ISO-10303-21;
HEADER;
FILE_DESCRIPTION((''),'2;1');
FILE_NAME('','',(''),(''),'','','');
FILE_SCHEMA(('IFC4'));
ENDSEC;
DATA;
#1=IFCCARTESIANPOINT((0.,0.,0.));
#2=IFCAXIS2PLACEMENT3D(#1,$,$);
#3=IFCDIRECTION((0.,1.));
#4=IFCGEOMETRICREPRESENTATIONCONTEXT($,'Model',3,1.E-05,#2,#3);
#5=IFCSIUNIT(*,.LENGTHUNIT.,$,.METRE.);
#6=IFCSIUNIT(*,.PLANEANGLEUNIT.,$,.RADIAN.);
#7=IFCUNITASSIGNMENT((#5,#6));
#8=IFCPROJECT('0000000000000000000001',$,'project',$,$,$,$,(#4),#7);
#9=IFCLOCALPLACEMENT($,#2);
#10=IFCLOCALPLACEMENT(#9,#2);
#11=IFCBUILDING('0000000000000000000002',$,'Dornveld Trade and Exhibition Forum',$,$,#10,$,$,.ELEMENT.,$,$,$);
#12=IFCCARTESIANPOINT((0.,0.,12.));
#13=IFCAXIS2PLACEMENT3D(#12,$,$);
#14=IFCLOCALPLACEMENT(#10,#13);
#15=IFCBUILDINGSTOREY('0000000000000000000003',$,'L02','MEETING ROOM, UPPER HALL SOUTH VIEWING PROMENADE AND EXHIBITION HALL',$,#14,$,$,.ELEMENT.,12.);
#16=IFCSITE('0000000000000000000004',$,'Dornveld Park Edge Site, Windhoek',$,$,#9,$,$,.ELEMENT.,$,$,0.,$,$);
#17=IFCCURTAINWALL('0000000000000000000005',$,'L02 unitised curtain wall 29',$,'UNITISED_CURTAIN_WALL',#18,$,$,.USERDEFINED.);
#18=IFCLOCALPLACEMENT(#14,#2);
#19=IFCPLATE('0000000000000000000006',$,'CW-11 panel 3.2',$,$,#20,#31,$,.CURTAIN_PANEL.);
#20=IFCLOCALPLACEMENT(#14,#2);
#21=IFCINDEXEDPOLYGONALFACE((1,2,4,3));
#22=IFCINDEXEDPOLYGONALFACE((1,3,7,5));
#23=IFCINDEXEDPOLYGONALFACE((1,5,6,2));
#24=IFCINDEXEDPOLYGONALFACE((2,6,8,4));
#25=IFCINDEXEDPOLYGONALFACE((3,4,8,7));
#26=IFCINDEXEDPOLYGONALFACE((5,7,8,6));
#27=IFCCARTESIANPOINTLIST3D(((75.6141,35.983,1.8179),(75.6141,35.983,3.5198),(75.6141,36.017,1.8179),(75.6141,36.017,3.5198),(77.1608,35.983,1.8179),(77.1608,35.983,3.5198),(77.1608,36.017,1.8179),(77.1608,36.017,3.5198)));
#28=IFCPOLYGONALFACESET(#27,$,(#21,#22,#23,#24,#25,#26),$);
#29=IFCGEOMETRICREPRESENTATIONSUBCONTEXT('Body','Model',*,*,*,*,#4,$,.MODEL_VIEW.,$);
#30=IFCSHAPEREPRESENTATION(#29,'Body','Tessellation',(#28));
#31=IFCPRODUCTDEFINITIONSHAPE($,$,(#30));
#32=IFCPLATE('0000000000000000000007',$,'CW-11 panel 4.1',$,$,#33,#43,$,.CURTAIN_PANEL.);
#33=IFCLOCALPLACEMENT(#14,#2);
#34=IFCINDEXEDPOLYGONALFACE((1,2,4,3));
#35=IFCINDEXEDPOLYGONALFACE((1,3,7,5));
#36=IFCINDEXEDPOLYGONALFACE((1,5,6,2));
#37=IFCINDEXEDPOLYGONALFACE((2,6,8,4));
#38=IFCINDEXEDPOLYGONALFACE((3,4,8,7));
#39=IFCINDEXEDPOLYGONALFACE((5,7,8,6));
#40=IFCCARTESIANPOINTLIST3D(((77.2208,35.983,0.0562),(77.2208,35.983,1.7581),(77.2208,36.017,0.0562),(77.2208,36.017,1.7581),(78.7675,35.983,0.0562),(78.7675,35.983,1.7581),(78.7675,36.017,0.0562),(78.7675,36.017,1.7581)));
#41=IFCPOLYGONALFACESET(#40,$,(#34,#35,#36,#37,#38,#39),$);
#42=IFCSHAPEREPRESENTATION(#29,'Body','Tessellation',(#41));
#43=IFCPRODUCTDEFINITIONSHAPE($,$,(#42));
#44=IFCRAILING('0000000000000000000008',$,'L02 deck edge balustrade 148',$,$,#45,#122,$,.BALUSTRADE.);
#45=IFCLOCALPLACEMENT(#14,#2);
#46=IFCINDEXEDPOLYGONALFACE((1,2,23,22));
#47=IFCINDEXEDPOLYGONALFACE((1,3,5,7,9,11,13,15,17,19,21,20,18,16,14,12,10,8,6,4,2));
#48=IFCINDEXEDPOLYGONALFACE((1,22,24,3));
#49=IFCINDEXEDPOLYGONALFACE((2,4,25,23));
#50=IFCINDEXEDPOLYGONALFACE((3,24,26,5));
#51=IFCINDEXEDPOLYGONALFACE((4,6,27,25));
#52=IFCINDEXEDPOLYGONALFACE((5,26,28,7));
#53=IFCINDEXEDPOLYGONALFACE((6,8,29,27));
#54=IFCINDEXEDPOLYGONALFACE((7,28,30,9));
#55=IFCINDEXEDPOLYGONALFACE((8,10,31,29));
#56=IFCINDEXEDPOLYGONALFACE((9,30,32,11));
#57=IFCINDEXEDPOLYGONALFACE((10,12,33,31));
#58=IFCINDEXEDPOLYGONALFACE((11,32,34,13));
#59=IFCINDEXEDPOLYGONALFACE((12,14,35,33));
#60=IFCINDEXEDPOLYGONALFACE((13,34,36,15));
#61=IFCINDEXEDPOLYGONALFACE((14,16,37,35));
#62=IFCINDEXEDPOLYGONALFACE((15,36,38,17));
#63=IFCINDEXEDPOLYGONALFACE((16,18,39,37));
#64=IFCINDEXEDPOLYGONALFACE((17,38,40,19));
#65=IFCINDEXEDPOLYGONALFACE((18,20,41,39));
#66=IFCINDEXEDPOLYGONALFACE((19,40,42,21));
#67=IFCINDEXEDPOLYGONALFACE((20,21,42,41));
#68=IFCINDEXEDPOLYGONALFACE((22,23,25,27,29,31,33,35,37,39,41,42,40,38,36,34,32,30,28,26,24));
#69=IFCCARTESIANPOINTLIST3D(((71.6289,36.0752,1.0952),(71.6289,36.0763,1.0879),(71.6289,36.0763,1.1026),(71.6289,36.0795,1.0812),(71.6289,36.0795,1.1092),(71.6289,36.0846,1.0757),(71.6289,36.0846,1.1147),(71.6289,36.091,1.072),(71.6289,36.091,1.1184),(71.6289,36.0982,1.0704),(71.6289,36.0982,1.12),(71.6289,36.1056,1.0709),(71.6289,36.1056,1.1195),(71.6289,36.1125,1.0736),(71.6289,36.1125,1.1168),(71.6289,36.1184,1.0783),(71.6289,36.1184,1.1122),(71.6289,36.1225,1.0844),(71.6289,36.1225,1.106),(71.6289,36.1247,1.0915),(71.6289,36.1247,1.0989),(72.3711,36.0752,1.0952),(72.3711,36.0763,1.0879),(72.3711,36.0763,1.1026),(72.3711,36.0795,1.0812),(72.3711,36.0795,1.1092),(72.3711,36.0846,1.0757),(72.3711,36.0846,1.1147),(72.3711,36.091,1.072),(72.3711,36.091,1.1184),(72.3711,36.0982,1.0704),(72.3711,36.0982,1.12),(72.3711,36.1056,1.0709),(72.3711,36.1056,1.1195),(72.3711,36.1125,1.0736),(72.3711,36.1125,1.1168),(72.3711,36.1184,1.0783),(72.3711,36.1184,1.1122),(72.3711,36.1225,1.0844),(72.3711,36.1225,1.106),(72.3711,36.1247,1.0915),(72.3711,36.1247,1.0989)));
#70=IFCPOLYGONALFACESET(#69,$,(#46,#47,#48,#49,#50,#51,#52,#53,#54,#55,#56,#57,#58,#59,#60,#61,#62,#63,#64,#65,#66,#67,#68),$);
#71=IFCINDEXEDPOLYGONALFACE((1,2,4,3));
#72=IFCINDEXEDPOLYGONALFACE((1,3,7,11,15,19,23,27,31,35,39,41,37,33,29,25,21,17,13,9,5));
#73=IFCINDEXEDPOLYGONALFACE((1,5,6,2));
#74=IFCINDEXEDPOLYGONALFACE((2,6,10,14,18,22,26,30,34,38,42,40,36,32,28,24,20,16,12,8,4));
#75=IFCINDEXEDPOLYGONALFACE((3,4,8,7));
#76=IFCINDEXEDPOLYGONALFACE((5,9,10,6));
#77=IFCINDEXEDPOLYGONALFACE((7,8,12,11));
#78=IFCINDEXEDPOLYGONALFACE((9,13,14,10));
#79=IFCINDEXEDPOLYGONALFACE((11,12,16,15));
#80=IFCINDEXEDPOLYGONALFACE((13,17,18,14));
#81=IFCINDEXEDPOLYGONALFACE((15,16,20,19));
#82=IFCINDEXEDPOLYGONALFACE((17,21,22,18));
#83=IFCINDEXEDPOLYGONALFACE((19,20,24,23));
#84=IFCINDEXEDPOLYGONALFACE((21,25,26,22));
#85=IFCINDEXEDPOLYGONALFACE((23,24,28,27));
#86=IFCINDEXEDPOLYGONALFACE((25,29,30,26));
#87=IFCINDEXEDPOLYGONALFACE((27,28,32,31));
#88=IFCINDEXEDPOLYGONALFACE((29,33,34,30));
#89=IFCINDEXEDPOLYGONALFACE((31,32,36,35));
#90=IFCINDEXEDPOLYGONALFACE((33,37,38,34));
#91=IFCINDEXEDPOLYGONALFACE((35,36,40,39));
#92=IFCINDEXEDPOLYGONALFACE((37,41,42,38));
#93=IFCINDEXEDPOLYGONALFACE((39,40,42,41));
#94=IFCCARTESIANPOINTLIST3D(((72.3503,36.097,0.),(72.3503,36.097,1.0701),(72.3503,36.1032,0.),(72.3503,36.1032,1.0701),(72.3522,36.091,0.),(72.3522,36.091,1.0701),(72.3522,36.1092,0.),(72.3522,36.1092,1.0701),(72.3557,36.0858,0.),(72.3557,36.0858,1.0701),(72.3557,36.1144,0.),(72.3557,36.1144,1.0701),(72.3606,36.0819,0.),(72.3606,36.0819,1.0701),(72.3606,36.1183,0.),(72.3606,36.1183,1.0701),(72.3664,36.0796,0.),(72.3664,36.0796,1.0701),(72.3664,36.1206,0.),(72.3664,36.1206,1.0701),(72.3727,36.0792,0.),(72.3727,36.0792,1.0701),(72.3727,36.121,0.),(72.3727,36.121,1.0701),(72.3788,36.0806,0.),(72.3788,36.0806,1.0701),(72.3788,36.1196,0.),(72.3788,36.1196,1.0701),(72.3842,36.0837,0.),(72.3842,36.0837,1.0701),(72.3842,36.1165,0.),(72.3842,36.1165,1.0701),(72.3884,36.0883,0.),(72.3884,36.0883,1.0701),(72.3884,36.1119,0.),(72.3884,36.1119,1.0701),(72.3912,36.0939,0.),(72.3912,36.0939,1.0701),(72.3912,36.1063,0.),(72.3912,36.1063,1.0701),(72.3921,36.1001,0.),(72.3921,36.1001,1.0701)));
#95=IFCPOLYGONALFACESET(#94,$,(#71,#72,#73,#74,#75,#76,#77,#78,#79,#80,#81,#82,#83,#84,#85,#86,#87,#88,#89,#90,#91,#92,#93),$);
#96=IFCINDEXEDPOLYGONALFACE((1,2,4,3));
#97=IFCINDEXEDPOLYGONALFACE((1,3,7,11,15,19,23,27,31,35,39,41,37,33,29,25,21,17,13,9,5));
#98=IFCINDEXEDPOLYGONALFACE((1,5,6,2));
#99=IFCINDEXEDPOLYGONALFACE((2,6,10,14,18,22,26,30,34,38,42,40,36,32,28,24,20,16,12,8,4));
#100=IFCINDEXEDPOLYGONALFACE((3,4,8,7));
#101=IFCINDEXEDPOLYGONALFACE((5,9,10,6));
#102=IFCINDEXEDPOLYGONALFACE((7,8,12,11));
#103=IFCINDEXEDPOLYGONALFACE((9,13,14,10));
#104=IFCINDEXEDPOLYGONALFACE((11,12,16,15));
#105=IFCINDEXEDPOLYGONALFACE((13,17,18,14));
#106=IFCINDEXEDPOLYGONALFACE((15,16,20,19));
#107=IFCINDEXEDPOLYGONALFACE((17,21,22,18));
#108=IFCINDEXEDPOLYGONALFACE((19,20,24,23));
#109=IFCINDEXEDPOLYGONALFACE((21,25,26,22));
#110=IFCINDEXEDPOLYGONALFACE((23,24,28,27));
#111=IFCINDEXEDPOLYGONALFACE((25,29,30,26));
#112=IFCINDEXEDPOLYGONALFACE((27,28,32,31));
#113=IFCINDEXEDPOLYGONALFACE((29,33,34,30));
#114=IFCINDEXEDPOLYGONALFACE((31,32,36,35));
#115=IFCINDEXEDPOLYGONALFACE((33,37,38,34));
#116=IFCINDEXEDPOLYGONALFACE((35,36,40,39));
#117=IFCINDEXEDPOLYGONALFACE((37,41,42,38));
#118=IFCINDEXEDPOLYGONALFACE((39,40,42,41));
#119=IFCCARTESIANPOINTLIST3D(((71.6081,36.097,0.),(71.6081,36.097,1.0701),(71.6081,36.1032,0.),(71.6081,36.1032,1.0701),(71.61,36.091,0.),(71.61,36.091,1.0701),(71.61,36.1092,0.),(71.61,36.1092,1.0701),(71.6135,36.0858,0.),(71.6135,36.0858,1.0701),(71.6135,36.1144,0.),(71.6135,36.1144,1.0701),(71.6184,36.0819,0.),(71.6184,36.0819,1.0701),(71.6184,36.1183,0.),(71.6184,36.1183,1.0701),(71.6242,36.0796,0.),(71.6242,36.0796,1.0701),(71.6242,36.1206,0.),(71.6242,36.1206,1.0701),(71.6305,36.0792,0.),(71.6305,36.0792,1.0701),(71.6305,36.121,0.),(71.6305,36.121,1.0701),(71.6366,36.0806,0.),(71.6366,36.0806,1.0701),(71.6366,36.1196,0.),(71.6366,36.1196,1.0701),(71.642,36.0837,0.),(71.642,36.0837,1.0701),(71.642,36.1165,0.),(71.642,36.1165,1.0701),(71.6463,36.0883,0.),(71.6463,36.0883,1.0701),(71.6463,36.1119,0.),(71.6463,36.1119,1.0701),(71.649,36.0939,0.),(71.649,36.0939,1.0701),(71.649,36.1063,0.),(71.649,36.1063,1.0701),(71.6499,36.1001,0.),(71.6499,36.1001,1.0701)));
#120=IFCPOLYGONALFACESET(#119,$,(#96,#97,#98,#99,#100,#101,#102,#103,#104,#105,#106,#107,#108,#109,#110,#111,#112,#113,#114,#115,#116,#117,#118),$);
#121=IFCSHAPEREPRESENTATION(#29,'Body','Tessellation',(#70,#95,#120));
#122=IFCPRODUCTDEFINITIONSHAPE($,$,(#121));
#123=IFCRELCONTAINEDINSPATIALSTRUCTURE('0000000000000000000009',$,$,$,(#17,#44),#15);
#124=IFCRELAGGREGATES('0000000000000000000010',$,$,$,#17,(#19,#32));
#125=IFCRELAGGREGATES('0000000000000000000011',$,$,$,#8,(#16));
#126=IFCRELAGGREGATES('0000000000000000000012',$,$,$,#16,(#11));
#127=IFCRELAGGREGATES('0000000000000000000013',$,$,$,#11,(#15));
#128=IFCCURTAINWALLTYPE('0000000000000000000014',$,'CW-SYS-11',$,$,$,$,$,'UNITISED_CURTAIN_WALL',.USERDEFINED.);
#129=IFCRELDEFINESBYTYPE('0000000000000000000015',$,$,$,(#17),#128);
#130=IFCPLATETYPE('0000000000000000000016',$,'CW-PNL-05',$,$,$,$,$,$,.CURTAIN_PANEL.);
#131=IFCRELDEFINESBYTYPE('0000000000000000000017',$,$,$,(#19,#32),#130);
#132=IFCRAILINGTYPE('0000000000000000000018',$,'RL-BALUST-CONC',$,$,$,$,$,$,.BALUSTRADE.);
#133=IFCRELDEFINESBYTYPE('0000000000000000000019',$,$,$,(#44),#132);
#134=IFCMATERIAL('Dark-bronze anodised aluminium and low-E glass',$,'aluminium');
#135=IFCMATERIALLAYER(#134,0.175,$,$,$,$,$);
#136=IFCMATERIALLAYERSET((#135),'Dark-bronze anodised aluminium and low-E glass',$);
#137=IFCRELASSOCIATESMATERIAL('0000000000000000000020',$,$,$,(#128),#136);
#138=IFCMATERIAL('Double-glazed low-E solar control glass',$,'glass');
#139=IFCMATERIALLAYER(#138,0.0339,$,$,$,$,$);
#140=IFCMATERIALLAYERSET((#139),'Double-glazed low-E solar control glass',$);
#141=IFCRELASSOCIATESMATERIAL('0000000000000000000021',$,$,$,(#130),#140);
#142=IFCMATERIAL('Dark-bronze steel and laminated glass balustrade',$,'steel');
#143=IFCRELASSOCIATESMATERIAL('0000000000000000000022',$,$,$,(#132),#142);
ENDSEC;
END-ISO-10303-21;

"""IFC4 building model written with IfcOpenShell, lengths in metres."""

from ifc_helpers import new_model, si_unit, direction, frame, origin, origin_2d, place, context, subcontext, project, spatial, rectangle, circle, extrude, material, layer, layer_set, type_object, element, aggregate, save


model = new_model("IFC4")

# Units and contexts
model_context = context("Model", 3, precision=1e-05, world=origin(), true_north=direction((0.0, 1.0)))
body_context = subcontext(model_context, "Body", "Model", "MODEL_VIEW")
ifc_project = project(units=[si_unit("LENGTHUNIT", "METRE"), si_unit("PLANEANGLEUNIT", "RADIAN")], contexts=[model_context])

# Site, building, storey
site_placement = place(None, origin())
site = spatial("IfcSite", under=ifc_project, at=site_placement, Name="Dornveld Park Edge Site, Windhoek", CompositionType="ELEMENT", RefElevation=0.0)
building_placement = place(site_placement, origin())
building = spatial("IfcBuilding", under=site, at=building_placement, Name="Dornveld Trade and Exhibition Forum", CompositionType="ELEMENT")
storey_placement = place(building_placement, frame((0.0, 0.0, 12.0)))
storey = spatial("IfcBuildingStorey", under=building, at=storey_placement, Name="L02", Description="MEETING ROOM, UPPER HALL SOUTH VIEWING PROMENADE AND EXHIBITION HALL", CompositionType="ELEMENT", Elevation=12.0)

# Curtain wall, plates
ifc_material_1 = material(Name="Dark-bronze anodised aluminium and low-E glass", Category="aluminium")
ifc_layer_1 = layer(ifc_material_1, 0.175)
ifc_layer_set_1 = layer_set([ifc_layer_1], Name="Dark-bronze anodised aluminium and low-E glass")
curtain_wall_type_1 = type_object("IfcCurtainWallType", Name="CW-SYS-11", ElementType="UNITISED_CURTAIN_WALL", PredefinedType="USERDEFINED", material=ifc_layer_set_1)
curtain_wall_1_placement = place(storey_placement, origin())
curtain_wall_1 = element("IfcCurtainWall", 1, at=curtain_wall_1_placement, inside=storey, type_object=curtain_wall_type_1, Name="L02 unitised curtain wall 29", ObjectType="UNITISED_CURTAIN_WALL", PredefinedType="USERDEFINED")
ifc_material_2 = material(Name="Double-glazed low-E solar control glass", Category="glass")
ifc_layer_2 = layer(ifc_material_2, 0.0339)
ifc_layer_set_2 = layer_set([ifc_layer_2], Name="Double-glazed low-E solar control glass")
plate_type = type_object("IfcPlateType", Name="CW-PNL-05", PredefinedType="CURTAIN_PANEL", material=ifc_layer_set_2)
plate_1_placement = place(storey_placement, frame((76.3875, 36.0, 1.8179), z_axis=(0.0, 0.0, 1.0), x_axis=(1.0, 0.0, 0.0)))
plate_1 = element("IfcPlate", 2, at=plate_1_placement, type_object=plate_type, Name="CW-11 panel 3.2", PredefinedType="CURTAIN_PANEL", context=body_context, shape_type="SweptSolid", body=[
    extrude(rectangle(XDim=1.5466, YDim=0.0339, at=origin_2d()), origin(), (0.0, 0.0, 1.0), 1.7019),
])
plate_2_placement = place(storey_placement, frame((77.9941, 36.0, 0.0562), z_axis=(0.0, 0.0, 1.0), x_axis=(1.0, 0.0, 0.0)))
plate_2 = element("IfcPlate", 3, at=plate_2_placement, type_object=plate_type, Name="CW-11 panel 4.1", PredefinedType="CURTAIN_PANEL", context=body_context, shape_type="SweptSolid", body=[
    extrude(rectangle(XDim=1.5466, YDim=0.0339, at=origin_2d()), origin(), (0.0, 0.0, 1.0), 1.7019),
])
aggregate(curtain_wall_1, [plate_1, plate_2])

# Railing
ifc_material_3 = material(Name="Dark-bronze steel and laminated glass balustrade", Category="steel")
railing_type = type_object("IfcRailingType", Name="RL-BALUST-CONC", PredefinedType="BALUSTRADE", material=ifc_material_3)
railing_placement = place(storey_placement, frame((72.3711, 36.1001, 0.0)))
element("IfcRailing", 4, at=railing_placement, inside=storey, type_object=railing_type, Name="L02 deck edge balustrade 148", PredefinedType="BALUSTRADE", context=body_context, shape_type="SweptSolid", body=[
    extrude(circle(Radius=0.0249, at=origin_2d()), frame((0.0, 0.0, 1.0952), z_axis=(-1.0, 0.0, 0.0), x_axis=(0.0, -1.0, 0.0)), (0.0, 0.0, 1.0), 0.7422),
    extrude(circle(Radius=0.021, at=origin_2d()), origin(), (0.0, 0.0, 1.0), 1.0701),
    extrude(circle(Radius=0.021, at=origin_2d()), frame((-0.7422, 0.0, 0.0)), (0.0, 0.0, 1.0), 1.0701),
])

save(model, "model.ifc")
